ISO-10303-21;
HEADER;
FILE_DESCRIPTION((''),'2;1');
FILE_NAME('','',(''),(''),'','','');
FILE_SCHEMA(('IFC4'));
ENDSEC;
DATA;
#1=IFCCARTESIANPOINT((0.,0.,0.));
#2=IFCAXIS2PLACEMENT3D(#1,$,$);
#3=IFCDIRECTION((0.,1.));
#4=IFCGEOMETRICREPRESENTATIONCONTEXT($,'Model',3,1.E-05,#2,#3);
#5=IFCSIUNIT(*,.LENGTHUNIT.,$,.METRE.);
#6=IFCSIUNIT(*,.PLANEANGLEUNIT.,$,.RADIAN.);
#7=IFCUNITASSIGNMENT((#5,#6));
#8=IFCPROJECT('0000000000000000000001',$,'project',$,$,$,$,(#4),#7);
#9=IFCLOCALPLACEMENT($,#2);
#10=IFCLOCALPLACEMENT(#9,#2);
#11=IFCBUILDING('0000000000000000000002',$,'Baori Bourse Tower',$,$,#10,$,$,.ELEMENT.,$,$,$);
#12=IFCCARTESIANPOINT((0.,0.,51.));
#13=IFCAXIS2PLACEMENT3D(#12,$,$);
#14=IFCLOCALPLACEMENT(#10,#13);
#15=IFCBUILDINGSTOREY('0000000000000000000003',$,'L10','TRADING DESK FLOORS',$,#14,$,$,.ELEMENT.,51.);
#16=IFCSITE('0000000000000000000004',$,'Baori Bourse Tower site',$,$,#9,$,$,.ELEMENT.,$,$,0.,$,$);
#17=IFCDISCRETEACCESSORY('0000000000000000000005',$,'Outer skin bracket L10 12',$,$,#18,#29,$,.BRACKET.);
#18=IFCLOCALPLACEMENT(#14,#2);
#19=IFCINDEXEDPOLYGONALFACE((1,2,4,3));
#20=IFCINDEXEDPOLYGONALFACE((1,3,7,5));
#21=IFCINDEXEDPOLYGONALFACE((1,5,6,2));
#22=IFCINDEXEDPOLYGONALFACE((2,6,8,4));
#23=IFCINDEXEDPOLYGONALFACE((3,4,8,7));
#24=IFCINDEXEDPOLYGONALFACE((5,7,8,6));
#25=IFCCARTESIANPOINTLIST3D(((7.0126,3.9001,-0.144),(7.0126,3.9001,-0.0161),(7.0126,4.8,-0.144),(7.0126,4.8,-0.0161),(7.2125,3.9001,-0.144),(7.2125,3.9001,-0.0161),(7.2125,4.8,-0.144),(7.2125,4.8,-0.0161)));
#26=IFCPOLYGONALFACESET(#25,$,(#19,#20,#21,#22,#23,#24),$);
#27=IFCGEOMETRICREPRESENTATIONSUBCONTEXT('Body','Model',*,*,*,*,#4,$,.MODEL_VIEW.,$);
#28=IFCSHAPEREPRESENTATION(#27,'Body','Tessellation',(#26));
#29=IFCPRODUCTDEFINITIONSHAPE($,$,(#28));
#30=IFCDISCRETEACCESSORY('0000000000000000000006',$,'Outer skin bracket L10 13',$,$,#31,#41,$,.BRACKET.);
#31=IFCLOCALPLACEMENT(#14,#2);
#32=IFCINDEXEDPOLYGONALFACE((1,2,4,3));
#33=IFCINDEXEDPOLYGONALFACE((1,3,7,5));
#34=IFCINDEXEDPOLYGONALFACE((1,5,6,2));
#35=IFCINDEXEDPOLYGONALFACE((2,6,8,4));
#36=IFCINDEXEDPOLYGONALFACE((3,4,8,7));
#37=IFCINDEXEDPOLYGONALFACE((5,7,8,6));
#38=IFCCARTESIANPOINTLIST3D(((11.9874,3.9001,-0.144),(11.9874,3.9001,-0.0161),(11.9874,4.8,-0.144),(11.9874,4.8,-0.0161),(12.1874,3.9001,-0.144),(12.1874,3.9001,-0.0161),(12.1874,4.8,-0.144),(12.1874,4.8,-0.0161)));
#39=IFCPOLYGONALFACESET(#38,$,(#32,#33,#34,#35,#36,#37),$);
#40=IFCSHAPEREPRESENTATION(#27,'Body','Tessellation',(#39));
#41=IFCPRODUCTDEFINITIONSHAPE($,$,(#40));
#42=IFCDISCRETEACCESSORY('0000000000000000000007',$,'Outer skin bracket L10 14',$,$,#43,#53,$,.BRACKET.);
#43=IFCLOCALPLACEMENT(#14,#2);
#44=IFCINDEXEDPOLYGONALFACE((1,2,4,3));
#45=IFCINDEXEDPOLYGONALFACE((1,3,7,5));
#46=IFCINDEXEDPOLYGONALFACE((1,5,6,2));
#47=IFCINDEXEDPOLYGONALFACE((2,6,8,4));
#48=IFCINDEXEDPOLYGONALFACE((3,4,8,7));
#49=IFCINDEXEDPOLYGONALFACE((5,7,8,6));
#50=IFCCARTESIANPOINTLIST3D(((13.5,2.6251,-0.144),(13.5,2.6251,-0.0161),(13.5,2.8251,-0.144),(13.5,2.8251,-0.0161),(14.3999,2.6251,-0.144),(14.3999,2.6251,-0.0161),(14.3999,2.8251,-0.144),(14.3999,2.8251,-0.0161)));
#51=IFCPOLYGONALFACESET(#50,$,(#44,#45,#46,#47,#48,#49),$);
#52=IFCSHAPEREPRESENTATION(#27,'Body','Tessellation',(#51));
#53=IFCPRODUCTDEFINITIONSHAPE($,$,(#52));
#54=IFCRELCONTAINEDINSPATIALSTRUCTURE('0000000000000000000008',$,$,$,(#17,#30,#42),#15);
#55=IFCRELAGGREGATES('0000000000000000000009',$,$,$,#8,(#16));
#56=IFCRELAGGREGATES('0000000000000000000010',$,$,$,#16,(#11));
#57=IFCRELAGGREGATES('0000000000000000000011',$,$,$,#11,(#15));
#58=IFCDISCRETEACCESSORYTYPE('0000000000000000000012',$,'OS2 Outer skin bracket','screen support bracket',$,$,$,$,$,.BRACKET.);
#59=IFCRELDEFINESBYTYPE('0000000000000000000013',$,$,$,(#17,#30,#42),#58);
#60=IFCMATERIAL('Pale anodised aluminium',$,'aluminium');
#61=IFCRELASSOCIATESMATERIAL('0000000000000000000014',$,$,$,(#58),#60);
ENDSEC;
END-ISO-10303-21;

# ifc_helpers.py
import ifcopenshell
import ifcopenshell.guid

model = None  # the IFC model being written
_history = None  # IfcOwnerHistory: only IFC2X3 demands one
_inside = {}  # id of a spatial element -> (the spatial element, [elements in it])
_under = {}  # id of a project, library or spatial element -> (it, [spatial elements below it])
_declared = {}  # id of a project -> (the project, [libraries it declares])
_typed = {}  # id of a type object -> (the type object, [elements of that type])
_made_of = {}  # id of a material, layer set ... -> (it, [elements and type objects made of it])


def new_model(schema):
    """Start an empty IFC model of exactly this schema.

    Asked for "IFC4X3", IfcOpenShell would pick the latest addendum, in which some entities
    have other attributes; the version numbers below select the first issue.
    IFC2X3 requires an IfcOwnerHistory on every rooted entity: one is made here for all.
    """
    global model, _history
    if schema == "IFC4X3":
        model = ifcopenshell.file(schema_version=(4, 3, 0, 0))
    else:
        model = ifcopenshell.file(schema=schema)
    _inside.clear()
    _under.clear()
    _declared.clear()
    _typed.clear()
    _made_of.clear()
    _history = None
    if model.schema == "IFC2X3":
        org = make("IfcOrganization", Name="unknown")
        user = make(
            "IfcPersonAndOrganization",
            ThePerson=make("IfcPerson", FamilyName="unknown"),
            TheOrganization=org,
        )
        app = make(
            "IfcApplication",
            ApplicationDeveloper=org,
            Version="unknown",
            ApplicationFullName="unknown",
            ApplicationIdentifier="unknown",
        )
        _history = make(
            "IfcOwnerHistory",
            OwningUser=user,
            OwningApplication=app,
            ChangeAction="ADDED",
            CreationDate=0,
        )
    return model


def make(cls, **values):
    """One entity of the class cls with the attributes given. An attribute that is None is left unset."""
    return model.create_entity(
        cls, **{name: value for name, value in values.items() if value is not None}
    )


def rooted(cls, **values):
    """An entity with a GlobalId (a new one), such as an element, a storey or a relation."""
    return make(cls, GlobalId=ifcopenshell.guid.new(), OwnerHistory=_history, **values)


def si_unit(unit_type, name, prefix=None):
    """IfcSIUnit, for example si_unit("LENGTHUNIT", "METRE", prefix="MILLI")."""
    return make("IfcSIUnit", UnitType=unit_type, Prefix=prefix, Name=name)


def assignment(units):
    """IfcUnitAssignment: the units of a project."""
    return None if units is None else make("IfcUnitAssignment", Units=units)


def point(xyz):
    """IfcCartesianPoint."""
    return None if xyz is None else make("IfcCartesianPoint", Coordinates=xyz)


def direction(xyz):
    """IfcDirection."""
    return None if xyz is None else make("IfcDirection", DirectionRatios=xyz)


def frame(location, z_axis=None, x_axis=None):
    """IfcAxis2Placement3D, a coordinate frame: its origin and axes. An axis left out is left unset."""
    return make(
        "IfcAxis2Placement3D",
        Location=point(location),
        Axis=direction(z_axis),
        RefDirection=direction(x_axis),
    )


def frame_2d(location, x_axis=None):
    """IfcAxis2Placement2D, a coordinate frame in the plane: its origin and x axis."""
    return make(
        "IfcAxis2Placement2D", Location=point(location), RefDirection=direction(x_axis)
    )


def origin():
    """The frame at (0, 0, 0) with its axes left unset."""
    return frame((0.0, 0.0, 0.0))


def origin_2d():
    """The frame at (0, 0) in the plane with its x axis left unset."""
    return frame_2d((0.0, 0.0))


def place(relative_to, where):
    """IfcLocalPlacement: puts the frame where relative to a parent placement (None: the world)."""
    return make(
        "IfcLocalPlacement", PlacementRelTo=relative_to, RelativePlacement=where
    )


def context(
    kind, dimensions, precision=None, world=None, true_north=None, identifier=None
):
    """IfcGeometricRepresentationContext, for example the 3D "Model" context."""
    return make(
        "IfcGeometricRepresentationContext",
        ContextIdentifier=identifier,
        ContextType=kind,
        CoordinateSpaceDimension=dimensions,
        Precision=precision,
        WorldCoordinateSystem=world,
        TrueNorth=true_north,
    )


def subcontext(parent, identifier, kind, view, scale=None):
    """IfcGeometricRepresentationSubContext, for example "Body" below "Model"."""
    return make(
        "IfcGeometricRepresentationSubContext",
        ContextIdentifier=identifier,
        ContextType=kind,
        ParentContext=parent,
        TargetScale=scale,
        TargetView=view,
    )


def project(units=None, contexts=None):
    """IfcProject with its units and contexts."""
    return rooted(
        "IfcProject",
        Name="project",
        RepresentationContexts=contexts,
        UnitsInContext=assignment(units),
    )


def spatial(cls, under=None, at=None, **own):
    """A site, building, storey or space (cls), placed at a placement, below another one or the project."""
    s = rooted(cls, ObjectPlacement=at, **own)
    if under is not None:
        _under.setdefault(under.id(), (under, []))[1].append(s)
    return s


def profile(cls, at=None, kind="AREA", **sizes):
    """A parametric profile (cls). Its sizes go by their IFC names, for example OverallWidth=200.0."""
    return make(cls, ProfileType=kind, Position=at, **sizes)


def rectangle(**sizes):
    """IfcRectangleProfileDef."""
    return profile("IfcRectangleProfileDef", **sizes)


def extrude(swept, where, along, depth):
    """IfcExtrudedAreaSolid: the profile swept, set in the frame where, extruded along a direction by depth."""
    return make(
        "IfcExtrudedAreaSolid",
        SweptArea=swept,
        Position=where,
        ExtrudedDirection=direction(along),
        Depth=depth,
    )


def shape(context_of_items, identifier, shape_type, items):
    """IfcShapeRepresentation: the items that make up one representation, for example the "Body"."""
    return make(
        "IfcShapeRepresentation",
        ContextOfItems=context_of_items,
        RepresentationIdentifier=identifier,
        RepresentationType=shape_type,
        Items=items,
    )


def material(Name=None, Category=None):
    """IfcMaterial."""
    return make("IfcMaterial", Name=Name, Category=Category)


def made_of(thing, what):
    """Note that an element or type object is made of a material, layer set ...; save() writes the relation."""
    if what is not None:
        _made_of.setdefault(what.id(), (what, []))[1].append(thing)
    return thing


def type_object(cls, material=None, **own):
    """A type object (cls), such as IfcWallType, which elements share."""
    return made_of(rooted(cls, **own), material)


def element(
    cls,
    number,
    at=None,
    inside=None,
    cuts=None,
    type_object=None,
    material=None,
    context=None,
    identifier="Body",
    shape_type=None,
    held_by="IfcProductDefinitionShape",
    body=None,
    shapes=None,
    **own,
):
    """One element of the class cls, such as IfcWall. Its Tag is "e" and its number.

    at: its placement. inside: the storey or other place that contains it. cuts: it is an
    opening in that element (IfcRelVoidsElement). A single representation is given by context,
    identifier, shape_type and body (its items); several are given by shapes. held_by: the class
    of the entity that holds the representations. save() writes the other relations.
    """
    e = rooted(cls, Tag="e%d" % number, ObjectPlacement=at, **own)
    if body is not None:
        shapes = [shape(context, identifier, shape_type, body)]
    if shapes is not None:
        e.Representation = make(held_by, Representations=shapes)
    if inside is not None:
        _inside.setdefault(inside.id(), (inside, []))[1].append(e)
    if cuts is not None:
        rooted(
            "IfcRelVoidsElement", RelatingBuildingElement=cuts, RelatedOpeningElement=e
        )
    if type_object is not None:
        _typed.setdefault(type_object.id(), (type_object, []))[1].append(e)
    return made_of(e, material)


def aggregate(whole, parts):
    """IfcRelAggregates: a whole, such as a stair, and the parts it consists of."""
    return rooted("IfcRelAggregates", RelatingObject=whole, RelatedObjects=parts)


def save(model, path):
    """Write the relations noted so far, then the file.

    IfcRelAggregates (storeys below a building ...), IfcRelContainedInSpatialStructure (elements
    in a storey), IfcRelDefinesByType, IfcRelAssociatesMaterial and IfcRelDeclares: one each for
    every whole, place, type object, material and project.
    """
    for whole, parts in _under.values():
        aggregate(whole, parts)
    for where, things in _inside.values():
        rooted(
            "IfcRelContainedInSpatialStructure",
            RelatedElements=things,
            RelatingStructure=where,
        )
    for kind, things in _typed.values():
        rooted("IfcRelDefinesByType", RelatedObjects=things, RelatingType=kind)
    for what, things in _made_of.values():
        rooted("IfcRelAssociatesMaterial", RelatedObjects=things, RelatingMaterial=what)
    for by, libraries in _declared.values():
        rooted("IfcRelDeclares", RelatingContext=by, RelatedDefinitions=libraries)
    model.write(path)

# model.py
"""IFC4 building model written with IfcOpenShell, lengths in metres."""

from ifc_helpers import new_model, si_unit, direction, frame, origin, origin_2d, place, context, subcontext, project, spatial, rectangle, extrude, material, type_object, element, save


model = new_model("IFC4")

# Units and contexts
model_context = context("Model", 3, precision=1e-05, world=origin(), true_north=direction((0.0, 1.0)))
body_context = subcontext(model_context, "Body", "Model", "MODEL_VIEW")
ifc_project = project(units=[si_unit("LENGTHUNIT", "METRE"), si_unit("PLANEANGLEUNIT", "RADIAN")], contexts=[model_context])

# Site, building, storey
site_placement = place(None, origin())
site = spatial("IfcSite", under=ifc_project, at=site_placement, Name="Baori Bourse Tower site", CompositionType="ELEMENT", RefElevation=0.0)
building_placement = place(site_placement, origin())
building = spatial("IfcBuilding", under=site, at=building_placement, Name="Baori Bourse Tower", CompositionType="ELEMENT")
storey_placement = place(building_placement, frame((0.0, 0.0, 51.0)))
storey = spatial("IfcBuildingStorey", under=building, at=storey_placement, Name="L10", Description="TRADING DESK FLOORS", CompositionType="ELEMENT", Elevation=51.0)

# Discrete accessories
ifc_material_1 = material(Name="Pale anodised aluminium", Category="aluminium")
discrete_accessory_type = type_object("IfcDiscreteAccessoryType", Name="OS2 Outer skin bracket", Description="screen support bracket", PredefinedType="BRACKET", material=ifc_material_1)
for number, where, z_axis, x_axis, name in (
    (1, (7.1125, 4.3501, -0.144), (0.0, 0.0, 1.0), (1.0, 0.0, 0.0), "Outer skin bracket L10 12"),
    (2, (12.0874, 4.3501, -0.144), (0.0, 0.0, 1.0), (1.0, 0.0, 0.0), "Outer skin bracket L10 13"),
    (3, (13.95, 2.7251, -0.144), (0.0, 0.0, 1.0), (0.0, -1.0, 0.0), "Outer skin bracket L10 14"),
):
    element("IfcDiscreteAccessory", number, at=place(storey_placement, frame(where, z_axis=z_axis, x_axis=x_axis)), inside=storey, type_object=discrete_accessory_type, Name=name, PredefinedType="BRACKET", context=body_context, shape_type="SweptSolid", body=[
        extrude(rectangle(XDim=0.2, YDim=0.8999, at=origin_2d()), origin(), (0.0, 0.0, 1.0), 0.1279),
    ])

save(model, "model.ifc")
